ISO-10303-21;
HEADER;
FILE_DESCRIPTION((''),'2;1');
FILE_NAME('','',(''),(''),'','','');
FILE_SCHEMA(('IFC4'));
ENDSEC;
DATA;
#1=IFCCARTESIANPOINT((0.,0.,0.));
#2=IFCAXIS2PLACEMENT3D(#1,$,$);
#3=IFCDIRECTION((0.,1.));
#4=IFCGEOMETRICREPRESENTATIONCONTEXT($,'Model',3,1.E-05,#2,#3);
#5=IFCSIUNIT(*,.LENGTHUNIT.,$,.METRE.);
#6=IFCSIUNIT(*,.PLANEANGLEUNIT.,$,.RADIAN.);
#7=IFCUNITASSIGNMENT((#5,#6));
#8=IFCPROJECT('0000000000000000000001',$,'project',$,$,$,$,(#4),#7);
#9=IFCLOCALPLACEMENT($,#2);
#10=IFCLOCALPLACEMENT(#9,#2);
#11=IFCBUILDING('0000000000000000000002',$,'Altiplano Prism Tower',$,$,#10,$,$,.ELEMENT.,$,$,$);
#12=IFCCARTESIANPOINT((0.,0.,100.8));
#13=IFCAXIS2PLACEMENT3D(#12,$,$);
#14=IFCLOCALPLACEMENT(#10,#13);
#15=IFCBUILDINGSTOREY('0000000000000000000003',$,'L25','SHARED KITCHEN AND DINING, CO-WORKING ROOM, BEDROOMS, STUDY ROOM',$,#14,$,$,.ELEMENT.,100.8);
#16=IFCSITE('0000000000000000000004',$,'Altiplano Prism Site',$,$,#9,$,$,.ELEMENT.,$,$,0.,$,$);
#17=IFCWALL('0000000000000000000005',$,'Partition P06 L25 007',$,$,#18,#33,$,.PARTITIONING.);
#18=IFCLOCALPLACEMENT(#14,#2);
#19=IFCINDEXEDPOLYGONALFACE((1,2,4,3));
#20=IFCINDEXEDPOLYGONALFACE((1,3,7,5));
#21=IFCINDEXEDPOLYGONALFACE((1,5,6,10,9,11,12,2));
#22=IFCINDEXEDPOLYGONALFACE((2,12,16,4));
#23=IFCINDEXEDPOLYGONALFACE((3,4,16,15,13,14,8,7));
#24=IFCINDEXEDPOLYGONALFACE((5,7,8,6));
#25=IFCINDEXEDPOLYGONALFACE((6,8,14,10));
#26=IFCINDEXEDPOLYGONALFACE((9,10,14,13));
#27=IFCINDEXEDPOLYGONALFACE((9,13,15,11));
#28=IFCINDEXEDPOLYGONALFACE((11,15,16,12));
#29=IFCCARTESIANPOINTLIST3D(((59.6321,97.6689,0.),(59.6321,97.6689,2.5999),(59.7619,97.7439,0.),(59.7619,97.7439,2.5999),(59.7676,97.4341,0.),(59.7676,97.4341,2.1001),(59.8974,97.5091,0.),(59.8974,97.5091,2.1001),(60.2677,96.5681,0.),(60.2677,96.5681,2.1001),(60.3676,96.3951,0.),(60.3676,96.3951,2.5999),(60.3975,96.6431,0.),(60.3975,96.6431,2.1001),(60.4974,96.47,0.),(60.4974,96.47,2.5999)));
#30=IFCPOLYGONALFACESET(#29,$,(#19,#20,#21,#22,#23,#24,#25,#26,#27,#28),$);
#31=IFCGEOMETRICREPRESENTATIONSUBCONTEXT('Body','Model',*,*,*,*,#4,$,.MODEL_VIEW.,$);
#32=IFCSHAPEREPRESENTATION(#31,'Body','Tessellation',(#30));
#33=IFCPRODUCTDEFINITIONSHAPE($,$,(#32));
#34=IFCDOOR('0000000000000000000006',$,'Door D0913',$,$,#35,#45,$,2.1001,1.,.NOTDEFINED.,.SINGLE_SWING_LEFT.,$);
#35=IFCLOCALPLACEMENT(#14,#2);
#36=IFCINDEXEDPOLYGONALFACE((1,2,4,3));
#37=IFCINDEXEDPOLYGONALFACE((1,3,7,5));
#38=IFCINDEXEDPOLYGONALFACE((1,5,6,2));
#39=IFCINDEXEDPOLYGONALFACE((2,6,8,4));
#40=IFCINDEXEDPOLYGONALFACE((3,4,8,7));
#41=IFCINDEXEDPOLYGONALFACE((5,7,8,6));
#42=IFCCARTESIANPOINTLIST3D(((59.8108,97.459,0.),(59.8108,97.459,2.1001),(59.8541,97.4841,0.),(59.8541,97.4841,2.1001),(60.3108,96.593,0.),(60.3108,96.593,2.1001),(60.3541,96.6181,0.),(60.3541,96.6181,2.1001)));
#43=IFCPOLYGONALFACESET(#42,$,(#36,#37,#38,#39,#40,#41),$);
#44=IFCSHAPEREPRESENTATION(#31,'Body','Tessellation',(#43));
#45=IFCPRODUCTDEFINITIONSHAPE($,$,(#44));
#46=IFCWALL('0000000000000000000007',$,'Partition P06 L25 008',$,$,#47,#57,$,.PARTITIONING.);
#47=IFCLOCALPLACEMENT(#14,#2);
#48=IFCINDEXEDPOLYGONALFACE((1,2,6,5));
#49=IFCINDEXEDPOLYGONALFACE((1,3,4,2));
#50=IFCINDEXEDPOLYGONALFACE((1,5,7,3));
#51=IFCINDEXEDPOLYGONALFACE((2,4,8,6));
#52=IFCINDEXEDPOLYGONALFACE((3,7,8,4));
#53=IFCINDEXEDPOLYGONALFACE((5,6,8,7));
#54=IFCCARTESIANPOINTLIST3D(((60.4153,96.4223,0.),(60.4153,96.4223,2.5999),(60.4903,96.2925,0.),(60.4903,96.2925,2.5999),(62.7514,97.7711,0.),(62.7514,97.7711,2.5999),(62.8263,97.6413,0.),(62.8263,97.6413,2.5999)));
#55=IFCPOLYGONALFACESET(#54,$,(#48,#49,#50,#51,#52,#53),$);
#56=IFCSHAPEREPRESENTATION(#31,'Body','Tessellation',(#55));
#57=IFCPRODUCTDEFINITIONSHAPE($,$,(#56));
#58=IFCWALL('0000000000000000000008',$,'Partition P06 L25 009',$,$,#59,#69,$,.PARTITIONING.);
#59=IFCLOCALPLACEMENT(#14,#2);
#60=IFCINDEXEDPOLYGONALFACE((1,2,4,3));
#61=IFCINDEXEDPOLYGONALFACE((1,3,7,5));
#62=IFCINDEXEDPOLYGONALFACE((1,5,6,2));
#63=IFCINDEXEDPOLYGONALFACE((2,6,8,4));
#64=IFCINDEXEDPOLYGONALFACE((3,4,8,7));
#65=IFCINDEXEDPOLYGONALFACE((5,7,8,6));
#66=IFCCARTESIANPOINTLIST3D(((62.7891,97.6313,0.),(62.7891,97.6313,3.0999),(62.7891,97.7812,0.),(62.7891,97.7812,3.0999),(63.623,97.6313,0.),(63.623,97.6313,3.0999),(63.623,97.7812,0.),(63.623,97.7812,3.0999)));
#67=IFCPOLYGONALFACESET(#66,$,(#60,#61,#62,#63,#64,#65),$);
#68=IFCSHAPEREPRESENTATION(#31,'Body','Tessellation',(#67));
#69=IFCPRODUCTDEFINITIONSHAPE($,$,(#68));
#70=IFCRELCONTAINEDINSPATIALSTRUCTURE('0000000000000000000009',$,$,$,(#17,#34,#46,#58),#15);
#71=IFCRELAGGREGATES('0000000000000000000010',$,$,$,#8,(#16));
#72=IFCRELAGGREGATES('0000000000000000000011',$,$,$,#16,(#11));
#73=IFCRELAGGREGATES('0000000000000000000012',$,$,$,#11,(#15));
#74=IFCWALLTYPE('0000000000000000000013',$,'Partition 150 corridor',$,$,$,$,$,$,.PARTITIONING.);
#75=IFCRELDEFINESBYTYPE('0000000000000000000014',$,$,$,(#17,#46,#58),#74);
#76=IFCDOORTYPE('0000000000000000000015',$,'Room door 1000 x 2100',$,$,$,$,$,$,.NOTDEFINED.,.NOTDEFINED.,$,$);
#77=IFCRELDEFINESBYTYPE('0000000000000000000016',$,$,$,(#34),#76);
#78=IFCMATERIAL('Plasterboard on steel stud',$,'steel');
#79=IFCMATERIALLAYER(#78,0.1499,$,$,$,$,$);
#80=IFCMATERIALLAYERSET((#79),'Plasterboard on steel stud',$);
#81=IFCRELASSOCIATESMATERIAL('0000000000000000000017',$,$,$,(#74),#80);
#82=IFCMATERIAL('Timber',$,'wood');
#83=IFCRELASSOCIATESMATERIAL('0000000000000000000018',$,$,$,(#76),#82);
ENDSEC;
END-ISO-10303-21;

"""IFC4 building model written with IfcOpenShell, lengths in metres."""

from ifc_helpers import new_model, si_unit, direction, frame, frame_2d, origin, place, context, subcontext, project, spatial, rectangle, extrude, material, layer, layer_set, type_object, element, fill, save


model = new_model("IFC4")

# Units and contexts
model_context = context("Model", 3, precision=1e-05, world=origin(), true_north=direction((0.0, 1.0)))
body_context = subcontext(model_context, "Body", "Model", "MODEL_VIEW")
ifc_project = project(units=[si_unit("LENGTHUNIT", "METRE"), si_unit("PLANEANGLEUNIT", "RADIAN")], contexts=[model_context])

# Site, building, storey
site_placement = place(None, origin())
site = spatial("IfcSite", under=ifc_project, at=site_placement, Name="Altiplano Prism Site", CompositionType="ELEMENT", RefElevation=0.0)
building_placement = place(site_placement, origin())
building = spatial("IfcBuilding", under=site, at=building_placement, Name="Altiplano Prism Tower", CompositionType="ELEMENT")
storey_placement = place(building_placement, frame((0.0, 0.0, 100.8)))
storey = spatial("IfcBuildingStorey", under=building, at=storey_placement, Name="L25", Description="SHARED KITCHEN AND DINING, CO-WORKING ROOM, BEDROOMS, STUDY ROOM", CompositionType="ELEMENT", Elevation=100.8)

# Shared definitions
ifc_material_1 = material(Name="Plasterboard on steel stud", Category="steel")
ifc_layer_1 = layer(ifc_material_1, 0.1499)
ifc_layer_set_1 = layer_set([ifc_layer_1], Name="Plasterboard on steel stud")
wall_type_1 = type_object("IfcWallType", Name="Partition 150 corridor", PredefinedType="PARTITIONING", material=ifc_layer_set_1)

# Wall, opening, door
wall_1_placement = place(storey_placement, frame((59.697, 97.7063, 0.0), z_axis=(0.0, 0.0, 1.0), x_axis=(0.500048, -0.865998, 0.0)))
wall_1 = element("IfcWall", 1, at=wall_1_placement, inside=storey, type_object=wall_type_1, Name="Partition P06 L25 007", PredefinedType="PARTITIONING", context=body_context, shape_type="SweptSolid", body=[
    extrude(rectangle(XDim=1.4709, YDim=0.1499, at=frame_2d((0.7354, 0.0))), origin(), (0.0, 0.0, 1.0), 2.5999),
])
opening_1_placement = place(wall_1_placement, frame((0.271, 0.0, 0.0)))
opening_1 = element("IfcOpeningElement", 2, at=opening_1_placement, cuts=wall_1, PredefinedType="OPENING", context=body_context, shape_type="SweptSolid", body=[
    extrude(rectangle(XDim=1.0, YDim=2.1001, at=frame_2d((0.5, 1.05))), frame((0.0, 0.0854, 0.0), z_axis=(0.0, -1.0, 0.0), x_axis=(1.0, 0.0, 0.0)), (0.0, 0.0, 1.0), 0.1709),
])
ifc_material_2 = material(Name="Timber", Category="wood")
door_type_1 = type_object("IfcDoorType", Name="Room door 1000 x 2100", OperationType="NOTDEFINED", PredefinedType="NOTDEFINED", material=ifc_material_2)
door_1_placement = place(opening_1_placement, origin())
door_1 = element("IfcDoor", 3, at=door_1_placement, inside=storey, type_object=door_type_1, Name="Door D0913", OperationType="SINGLE_SWING_LEFT", OverallHeight=2.1001, OverallWidth=1.0, PredefinedType="NOTDEFINED", context=body_context, shape_type="SweptSolid", body=[
    extrude(rectangle(XDim=1.0, YDim=2.1001, at=frame_2d((0.5, 1.05))), frame((0.0, 0.0249, 0.0), z_axis=(0.0, -1.0, 0.0), x_axis=(1.0, 0.0, 0.0)), (0.0, 0.0, 1.0), 0.05),
])
fill(opening_1, door_1)

# Walls
wall_2_placement = place(storey_placement, frame((60.4529, 96.3574, 0.0), z_axis=(0.0, 0.0, 1.0), x_axis=(0.866012, 0.500023, 0.0)))
element("IfcWall", 4, at=wall_2_placement, inside=storey, type_object=wall_type_1, Name="Partition P06 L25 008", PredefinedType="PARTITIONING", context=body_context, shape_type="SweptSolid", body=[
    extrude(rectangle(XDim=2.6975, YDim=0.1499, at=frame_2d((1.3486, 0.0))), origin(), (0.0, 0.0, 1.0), 2.5999),
])
wall_3_placement = place(storey_placement, frame((62.7891, 97.7063, 0.0), z_axis=(0.0, 0.0, 1.0), x_axis=(1.0, 0.0, 0.0)))
element("IfcWall", 5, at=wall_3_placement, inside=storey, type_object=wall_type_1, Name="Partition P06 L25 009", PredefinedType="PARTITIONING", context=body_context, shape_type="SweptSolid", body=[
    extrude(rectangle(XDim=0.834, YDim=0.1499, at=frame_2d((0.417, 0.0))), origin(), (0.0, 0.0, 1.0), 3.0999),
])

save(model, "model.ifc")
